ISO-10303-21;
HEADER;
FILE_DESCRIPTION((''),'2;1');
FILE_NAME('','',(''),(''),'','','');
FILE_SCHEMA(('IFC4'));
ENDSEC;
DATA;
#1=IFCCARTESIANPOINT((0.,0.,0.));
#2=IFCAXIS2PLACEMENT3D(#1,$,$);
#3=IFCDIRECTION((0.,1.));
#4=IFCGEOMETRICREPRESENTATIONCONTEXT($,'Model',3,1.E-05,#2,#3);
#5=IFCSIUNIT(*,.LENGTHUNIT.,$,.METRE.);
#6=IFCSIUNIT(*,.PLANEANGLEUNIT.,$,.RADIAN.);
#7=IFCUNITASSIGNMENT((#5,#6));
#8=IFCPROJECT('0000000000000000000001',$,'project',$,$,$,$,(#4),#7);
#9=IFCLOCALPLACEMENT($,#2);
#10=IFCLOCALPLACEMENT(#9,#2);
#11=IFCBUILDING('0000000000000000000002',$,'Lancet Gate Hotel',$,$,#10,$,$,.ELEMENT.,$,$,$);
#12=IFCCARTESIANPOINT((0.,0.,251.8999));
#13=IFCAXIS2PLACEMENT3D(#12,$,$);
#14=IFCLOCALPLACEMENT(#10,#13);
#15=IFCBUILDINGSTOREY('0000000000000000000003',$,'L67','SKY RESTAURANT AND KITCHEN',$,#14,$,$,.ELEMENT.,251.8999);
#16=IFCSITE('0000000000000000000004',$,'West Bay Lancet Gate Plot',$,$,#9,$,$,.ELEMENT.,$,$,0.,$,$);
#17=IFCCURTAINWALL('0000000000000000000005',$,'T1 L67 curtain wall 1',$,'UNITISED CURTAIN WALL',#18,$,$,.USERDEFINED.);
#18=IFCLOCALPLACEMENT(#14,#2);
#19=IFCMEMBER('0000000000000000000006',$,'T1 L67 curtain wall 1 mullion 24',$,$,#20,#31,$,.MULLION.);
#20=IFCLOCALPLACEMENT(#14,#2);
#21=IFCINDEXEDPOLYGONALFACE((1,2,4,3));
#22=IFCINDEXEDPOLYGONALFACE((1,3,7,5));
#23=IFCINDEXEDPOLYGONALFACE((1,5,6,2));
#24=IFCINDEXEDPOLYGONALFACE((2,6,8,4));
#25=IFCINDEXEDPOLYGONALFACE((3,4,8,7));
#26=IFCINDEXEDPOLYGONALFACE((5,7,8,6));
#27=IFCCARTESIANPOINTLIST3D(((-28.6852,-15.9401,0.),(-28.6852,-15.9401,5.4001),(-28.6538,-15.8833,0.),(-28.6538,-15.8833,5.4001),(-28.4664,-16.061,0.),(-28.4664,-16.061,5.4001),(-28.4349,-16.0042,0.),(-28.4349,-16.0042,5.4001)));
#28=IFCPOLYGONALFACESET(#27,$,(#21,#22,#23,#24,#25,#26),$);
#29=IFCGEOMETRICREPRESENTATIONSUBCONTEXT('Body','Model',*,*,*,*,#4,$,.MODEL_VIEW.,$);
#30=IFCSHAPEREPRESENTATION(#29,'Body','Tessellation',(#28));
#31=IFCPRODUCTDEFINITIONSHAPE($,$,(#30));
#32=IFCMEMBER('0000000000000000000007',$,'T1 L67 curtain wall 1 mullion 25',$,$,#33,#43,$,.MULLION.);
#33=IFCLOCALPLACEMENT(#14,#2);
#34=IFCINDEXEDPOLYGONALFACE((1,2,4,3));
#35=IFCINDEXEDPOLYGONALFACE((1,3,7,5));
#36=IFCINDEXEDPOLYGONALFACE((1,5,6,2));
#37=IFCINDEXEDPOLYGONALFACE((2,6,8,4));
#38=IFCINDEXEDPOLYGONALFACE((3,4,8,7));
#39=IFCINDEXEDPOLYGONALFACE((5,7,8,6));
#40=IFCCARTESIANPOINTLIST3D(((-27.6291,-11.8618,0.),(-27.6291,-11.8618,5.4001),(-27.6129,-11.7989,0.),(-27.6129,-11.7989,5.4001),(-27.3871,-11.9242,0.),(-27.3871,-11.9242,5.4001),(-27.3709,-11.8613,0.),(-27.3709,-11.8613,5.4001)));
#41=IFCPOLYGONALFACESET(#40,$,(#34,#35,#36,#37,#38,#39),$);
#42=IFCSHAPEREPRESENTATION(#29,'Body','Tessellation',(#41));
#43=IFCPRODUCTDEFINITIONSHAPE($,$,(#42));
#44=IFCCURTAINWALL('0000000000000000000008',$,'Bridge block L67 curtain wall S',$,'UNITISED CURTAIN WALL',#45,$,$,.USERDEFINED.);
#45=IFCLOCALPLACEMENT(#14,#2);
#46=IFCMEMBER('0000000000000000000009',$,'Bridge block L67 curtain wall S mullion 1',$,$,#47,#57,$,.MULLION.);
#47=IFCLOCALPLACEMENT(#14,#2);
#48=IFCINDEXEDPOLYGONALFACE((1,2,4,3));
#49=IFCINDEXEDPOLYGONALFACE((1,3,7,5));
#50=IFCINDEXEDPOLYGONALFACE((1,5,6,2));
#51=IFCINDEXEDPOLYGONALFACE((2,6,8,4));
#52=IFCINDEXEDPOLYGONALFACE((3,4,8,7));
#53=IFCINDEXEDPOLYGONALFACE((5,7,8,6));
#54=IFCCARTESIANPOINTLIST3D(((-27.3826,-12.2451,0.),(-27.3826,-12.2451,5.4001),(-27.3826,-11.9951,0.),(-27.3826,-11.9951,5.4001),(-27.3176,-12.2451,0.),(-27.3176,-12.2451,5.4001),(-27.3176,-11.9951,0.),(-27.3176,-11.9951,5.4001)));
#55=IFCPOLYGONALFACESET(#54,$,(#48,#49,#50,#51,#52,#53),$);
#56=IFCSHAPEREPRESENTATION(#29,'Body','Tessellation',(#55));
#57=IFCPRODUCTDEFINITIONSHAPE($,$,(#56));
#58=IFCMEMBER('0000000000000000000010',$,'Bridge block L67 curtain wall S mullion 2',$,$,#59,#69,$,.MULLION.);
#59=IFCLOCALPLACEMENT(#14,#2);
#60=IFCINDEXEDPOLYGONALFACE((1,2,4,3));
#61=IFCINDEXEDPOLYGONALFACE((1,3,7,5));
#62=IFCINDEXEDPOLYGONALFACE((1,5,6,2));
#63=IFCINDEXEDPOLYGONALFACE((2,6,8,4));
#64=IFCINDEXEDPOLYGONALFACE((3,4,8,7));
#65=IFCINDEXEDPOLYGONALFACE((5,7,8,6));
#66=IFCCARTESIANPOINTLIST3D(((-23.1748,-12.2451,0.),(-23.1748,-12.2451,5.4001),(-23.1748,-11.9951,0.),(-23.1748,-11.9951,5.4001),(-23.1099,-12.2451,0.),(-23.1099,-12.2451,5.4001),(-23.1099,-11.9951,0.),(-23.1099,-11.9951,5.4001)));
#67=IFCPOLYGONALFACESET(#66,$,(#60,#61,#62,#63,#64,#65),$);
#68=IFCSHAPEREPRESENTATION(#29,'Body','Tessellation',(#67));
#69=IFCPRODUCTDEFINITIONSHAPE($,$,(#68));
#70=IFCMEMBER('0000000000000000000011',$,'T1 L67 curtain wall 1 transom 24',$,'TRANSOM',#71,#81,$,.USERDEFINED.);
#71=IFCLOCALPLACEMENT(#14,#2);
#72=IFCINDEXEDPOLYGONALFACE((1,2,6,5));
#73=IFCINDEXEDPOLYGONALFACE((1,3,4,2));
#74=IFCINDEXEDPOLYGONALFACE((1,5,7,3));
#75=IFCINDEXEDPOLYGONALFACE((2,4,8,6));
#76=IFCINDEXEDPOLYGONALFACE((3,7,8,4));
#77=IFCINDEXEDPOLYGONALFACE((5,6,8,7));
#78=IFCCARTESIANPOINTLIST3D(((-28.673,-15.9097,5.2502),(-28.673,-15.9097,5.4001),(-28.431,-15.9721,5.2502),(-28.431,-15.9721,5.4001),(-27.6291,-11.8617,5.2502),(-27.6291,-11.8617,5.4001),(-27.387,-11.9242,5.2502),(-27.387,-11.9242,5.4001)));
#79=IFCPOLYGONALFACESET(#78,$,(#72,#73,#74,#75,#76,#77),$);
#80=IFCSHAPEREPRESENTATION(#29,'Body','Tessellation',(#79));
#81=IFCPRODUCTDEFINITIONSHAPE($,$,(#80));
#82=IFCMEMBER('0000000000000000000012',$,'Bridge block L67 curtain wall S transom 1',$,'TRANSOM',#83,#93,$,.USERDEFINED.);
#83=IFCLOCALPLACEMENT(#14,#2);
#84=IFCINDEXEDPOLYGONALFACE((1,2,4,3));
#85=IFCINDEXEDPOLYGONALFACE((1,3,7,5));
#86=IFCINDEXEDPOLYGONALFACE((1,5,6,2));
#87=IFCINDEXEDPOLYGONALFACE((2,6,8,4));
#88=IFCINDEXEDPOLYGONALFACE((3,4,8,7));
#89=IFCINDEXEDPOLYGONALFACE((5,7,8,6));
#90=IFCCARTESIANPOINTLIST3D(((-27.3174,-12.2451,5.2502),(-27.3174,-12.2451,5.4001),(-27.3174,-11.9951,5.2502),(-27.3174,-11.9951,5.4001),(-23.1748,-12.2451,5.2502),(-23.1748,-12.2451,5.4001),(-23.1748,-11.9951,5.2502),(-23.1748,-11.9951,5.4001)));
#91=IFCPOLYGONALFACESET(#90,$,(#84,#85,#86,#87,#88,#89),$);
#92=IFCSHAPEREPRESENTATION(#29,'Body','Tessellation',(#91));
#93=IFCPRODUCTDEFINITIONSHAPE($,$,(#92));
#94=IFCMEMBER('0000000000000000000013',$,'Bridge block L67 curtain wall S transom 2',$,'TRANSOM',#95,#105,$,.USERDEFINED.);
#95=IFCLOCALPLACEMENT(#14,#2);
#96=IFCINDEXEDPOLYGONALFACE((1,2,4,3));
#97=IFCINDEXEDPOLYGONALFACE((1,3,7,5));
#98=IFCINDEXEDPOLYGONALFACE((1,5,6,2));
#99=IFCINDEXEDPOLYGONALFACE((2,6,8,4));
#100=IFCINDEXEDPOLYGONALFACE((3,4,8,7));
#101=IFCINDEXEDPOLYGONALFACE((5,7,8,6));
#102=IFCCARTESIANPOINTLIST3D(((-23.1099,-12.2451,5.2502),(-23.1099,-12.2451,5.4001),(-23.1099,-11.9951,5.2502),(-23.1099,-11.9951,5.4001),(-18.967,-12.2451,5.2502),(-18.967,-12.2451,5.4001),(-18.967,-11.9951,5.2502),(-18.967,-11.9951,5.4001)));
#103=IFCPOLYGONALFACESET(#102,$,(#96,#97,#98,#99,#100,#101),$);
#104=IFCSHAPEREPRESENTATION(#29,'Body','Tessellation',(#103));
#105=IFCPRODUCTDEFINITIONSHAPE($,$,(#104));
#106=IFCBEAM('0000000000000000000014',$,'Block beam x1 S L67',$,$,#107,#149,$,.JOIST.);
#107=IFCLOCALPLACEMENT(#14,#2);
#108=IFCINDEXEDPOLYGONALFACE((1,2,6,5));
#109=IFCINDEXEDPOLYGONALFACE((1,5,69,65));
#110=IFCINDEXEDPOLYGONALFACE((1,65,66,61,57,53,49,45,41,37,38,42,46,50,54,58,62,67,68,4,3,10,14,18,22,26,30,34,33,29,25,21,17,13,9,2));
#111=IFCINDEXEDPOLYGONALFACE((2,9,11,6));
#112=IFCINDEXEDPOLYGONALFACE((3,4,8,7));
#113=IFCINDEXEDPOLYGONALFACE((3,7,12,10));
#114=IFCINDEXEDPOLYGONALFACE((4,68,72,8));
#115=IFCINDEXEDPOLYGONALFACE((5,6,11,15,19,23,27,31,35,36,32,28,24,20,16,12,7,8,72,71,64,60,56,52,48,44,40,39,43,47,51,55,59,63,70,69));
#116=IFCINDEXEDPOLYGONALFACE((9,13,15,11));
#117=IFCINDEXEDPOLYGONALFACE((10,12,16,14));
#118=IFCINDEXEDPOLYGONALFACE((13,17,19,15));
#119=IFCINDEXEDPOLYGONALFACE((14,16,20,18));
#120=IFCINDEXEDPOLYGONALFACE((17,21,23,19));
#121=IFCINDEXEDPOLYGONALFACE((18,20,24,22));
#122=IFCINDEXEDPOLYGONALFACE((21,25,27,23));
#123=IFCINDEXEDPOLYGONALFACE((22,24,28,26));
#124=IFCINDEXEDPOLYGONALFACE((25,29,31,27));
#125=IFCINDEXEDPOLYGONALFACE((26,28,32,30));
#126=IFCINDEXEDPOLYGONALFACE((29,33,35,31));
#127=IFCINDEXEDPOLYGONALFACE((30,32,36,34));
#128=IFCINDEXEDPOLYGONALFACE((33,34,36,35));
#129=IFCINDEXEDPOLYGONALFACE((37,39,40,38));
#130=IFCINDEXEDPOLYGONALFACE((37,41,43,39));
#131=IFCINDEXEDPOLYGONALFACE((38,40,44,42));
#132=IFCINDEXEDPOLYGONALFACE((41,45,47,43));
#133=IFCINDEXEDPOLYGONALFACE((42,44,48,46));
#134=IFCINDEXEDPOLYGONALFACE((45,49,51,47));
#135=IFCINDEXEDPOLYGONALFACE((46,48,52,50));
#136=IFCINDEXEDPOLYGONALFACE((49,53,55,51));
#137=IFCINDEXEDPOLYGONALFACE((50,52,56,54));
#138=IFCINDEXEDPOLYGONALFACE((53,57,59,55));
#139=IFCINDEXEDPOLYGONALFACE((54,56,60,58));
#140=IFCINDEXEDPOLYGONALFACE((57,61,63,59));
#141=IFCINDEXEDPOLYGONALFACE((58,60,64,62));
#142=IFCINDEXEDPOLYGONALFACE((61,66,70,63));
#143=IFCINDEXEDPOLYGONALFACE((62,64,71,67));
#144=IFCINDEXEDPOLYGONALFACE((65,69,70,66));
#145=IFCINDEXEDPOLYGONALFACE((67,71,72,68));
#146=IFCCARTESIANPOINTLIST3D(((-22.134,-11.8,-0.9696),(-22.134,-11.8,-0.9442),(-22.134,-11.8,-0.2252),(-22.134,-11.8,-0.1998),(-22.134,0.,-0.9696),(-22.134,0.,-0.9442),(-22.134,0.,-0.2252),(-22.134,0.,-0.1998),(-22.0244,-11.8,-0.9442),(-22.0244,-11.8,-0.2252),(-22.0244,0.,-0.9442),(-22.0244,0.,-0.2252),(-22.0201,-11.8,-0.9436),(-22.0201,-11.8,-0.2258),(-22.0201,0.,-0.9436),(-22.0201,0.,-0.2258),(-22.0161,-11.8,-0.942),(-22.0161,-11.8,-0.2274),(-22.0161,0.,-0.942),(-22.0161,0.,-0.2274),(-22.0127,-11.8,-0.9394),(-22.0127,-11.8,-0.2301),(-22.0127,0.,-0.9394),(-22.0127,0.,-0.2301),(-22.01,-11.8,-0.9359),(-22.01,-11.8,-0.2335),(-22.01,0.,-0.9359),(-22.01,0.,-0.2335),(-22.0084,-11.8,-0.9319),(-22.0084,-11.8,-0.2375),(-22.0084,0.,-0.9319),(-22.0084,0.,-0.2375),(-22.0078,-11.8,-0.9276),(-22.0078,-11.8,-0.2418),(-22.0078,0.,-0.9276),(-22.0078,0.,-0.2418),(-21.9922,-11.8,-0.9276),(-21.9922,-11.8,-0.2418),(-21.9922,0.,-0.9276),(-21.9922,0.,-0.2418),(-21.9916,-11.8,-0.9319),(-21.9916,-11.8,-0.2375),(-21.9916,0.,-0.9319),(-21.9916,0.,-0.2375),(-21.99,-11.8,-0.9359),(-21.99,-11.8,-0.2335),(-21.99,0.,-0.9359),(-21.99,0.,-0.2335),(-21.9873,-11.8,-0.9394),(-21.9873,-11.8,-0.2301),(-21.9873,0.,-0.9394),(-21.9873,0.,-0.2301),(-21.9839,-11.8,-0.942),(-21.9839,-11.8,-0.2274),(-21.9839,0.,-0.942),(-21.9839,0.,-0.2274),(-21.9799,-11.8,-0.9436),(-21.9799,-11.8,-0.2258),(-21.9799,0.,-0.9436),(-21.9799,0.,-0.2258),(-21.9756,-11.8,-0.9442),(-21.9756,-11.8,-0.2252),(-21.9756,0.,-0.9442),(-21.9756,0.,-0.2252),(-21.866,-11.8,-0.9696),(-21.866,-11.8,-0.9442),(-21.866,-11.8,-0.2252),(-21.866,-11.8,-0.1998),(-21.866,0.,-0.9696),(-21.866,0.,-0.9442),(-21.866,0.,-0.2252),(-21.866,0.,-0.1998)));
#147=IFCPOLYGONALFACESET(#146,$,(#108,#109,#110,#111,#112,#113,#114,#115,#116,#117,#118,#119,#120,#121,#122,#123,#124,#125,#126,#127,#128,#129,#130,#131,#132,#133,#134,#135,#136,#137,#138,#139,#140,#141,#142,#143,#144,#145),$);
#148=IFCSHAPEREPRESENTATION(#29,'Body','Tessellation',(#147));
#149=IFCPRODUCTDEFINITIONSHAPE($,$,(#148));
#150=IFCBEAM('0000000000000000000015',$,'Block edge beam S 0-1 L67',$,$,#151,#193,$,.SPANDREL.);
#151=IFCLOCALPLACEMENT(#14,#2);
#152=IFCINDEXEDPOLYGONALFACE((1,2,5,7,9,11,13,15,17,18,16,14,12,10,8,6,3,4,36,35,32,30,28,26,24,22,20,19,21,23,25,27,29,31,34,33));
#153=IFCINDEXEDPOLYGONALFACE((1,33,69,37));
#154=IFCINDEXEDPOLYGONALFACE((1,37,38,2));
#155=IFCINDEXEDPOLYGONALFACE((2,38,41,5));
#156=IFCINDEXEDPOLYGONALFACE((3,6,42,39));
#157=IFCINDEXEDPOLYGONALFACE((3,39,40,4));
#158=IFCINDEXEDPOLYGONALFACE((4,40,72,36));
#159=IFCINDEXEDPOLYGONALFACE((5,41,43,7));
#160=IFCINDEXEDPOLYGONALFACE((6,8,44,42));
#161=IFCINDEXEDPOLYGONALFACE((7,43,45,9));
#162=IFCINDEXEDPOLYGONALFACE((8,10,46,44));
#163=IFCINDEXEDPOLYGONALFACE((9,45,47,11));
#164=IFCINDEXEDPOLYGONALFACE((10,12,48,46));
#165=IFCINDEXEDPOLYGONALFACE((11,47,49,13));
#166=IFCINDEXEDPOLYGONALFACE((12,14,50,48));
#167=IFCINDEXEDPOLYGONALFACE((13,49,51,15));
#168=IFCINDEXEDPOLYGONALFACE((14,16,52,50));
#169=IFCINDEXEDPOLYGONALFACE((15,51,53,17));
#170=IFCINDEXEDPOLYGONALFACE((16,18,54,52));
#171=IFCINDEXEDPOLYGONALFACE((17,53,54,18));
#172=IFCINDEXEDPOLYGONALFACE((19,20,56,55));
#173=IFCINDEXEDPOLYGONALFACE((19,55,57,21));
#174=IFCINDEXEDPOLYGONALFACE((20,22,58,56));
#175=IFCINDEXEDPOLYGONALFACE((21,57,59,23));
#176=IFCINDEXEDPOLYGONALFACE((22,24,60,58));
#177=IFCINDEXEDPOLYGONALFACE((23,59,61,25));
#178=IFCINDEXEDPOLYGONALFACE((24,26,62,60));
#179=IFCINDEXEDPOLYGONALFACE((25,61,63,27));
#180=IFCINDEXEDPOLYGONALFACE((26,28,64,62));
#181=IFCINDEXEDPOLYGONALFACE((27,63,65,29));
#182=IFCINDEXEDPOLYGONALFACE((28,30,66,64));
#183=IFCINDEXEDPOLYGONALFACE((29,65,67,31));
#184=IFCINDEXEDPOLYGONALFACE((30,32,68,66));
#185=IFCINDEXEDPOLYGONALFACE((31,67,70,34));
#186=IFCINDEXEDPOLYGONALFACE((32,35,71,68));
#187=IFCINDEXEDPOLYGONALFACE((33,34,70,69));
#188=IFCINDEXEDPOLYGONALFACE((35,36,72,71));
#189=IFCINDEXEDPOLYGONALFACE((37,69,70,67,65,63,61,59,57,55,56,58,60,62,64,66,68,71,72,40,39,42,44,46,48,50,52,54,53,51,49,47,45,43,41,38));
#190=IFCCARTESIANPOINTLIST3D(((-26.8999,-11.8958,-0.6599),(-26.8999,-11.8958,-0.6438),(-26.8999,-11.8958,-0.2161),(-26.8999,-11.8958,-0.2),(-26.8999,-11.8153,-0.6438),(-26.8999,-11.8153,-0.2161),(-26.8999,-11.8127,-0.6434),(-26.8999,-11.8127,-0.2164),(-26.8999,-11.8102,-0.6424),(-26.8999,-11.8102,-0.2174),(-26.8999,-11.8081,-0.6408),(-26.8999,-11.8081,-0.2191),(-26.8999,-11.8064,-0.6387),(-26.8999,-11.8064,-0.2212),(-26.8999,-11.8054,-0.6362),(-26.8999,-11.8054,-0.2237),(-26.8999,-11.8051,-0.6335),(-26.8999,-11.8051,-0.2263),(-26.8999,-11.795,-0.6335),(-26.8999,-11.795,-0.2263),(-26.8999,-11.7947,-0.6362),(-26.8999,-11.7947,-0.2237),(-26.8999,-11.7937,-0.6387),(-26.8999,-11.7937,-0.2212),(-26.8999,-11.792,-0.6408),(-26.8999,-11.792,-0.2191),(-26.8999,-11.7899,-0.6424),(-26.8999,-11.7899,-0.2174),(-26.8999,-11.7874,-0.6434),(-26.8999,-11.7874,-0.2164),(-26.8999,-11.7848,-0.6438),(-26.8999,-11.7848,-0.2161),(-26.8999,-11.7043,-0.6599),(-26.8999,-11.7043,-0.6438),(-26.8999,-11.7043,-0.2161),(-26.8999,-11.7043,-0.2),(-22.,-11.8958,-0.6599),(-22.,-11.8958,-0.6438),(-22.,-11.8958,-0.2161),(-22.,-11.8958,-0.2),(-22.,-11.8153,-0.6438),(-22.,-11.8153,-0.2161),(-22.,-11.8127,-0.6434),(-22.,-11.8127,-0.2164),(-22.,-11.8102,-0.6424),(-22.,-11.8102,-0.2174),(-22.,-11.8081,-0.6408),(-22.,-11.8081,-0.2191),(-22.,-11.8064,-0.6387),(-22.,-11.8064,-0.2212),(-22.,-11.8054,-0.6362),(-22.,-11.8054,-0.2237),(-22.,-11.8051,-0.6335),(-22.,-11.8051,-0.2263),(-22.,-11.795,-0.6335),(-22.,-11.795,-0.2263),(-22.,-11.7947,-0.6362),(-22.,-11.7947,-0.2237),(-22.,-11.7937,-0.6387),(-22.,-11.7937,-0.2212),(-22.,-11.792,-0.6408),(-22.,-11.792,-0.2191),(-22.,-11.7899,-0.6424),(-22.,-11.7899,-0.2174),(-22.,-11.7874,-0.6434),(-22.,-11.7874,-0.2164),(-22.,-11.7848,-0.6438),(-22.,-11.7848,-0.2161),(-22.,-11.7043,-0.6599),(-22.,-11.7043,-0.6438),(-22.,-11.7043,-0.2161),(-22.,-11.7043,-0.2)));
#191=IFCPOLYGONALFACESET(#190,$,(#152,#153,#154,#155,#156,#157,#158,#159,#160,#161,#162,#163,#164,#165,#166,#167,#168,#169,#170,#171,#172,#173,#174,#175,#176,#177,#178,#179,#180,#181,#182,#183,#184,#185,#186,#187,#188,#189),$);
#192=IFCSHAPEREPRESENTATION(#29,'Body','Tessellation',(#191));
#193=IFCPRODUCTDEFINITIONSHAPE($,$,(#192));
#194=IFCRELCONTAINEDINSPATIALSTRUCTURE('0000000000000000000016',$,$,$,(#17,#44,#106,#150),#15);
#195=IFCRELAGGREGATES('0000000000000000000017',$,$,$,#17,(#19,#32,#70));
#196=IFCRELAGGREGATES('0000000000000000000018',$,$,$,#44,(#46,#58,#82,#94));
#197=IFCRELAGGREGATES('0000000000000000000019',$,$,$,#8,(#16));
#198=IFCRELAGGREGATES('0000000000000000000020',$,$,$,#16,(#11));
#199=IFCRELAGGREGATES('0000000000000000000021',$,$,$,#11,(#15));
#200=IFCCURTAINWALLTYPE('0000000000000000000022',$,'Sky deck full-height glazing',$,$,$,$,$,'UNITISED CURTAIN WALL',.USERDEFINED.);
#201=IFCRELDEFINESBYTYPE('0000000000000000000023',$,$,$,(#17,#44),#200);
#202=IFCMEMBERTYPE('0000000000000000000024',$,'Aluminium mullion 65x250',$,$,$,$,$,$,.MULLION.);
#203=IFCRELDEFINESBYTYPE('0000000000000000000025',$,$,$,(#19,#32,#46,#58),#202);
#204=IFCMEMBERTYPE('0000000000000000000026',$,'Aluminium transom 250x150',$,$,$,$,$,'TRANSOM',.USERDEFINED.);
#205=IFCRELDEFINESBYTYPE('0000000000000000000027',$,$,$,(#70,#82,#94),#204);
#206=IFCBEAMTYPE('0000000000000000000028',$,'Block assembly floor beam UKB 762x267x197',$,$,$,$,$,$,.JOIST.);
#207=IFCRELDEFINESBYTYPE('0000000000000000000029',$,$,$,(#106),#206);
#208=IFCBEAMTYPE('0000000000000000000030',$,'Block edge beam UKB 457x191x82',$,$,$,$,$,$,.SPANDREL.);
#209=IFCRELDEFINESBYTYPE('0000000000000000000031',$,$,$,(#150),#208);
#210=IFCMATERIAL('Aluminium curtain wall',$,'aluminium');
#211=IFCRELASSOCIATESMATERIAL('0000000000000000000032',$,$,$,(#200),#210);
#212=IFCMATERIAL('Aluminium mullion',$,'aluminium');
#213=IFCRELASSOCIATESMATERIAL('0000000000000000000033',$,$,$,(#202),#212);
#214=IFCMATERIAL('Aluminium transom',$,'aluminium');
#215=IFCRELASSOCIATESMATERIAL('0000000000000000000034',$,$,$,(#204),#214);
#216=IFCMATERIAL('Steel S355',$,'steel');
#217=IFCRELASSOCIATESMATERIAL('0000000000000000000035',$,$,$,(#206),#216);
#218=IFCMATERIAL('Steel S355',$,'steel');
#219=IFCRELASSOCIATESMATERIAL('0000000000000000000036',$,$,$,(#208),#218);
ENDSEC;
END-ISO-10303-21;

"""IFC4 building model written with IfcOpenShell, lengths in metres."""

from ifc_helpers import new_model, si_unit, direction, frame, origin, origin_2d, place, context, subcontext, project, spatial, rectangle, i_section, extrude, material, material_profile, profile_set, type_object, element, aggregate, save


model = new_model("IFC4")

# Units and contexts
model_context = context("Model", 3, precision=1e-05, world=origin(), true_north=direction((0.0, 1.0)))
body_context = subcontext(model_context, "Body", "Model", "MODEL_VIEW")
ifc_project = project(units=[si_unit("LENGTHUNIT", "METRE"), si_unit("PLANEANGLEUNIT", "RADIAN")], contexts=[model_context])

# Site, building, storey
site_placement = place(None, origin())
site = spatial("IfcSite", under=ifc_project, at=site_placement, Name="West Bay Lancet Gate Plot", CompositionType="ELEMENT", RefElevation=0.0)
building_placement = place(site_placement, origin())
building = spatial("IfcBuilding", under=site, at=building_placement, Name="Lancet Gate Hotel", CompositionType="ELEMENT")
storey_placement = place(building_placement, frame((0.0, 0.0, 251.8999)))
storey = spatial("IfcBuildingStorey", under=building, at=storey_placement, Name="L67", Description="SKY RESTAURANT AND KITCHEN", CompositionType="ELEMENT", Elevation=251.8999)

# Curtain walls, members
ifc_material_1 = material(Name="Aluminium curtain wall", Category="aluminium")
curtain_wall_type = type_object("IfcCurtainWallType", Name="Sky deck full-height glazing", ElementType="UNITISED CURTAIN WALL", PredefinedType="USERDEFINED", material=ifc_material_1)
curtain_wall_1_placement = place(storey_placement, origin())
curtain_wall_1 = element("IfcCurtainWall", 1, at=curtain_wall_1_placement, inside=storey, type_object=curtain_wall_type, Name="T1 L67 curtain wall 1", ObjectType="UNITISED CURTAIN WALL", PredefinedType="USERDEFINED")
ifc_material_2 = material(Name="Aluminium mullion", Category="aluminium")
ifc_material_profile_1 = material_profile(ifc_material_2, rectangle(XDim=0.0649, YDim=0.25, at=origin_2d()), Name="MULLION 65x250")
ifc_profile_set_1 = profile_set([ifc_material_profile_1], Name="Aluminium mullion")
member_type_1 = type_object("IfcMemberType", Name="Aluminium mullion 65x250", PredefinedType="MULLION", material=ifc_profile_set_1)
member_1_placement = place(storey_placement, frame((-28.5601, -15.9722, 0.0), z_axis=(0.0, 0.0, 1.0), x_axis=(0.483627, 0.875274, 0.0)))
member_1 = element("IfcMember", 2, at=member_1_placement, type_object=member_type_1, Name="T1 L67 curtain wall 1 mullion 24", PredefinedType="MULLION", context=body_context, shape_type="SweptSolid", body=[
    extrude(rectangle(XDim=0.0649, YDim=0.25, at=origin_2d()), origin(), (0.0, 0.0, 1.0), 5.4001),
])
member_2_placement = place(storey_placement, frame((-27.5, -11.8616, 0.0), z_axis=(0.0, 0.0, 1.0), x_axis=(0.249726, 0.968317, 0.0)))
member_2 = element("IfcMember", 3, at=member_2_placement, type_object=member_type_1, Name="T1 L67 curtain wall 1 mullion 25", PredefinedType="MULLION", context=body_context, shape_type="SweptSolid", body=[
    extrude(rectangle(XDim=0.0649, YDim=0.25, at=origin_2d()), origin(), (0.0, 0.0, 1.0), 5.4001),
])
curtain_wall_2_placement = place(storey_placement, origin())
curtain_wall_2 = element("IfcCurtainWall", 4, at=curtain_wall_2_placement, inside=storey, type_object=curtain_wall_type, Name="Bridge block L67 curtain wall S", ObjectType="UNITISED CURTAIN WALL", PredefinedType="USERDEFINED")
member_3_placement = place(storey_placement, frame((-27.3501, -12.1201, 0.0), z_axis=(0.0, 0.0, 1.0), x_axis=(1.0, 0.0, 0.0)))
member_3 = element("IfcMember", 5, at=member_3_placement, type_object=member_type_1, Name="Bridge block L67 curtain wall S mullion 1", PredefinedType="MULLION", context=body_context, shape_type="SweptSolid", body=[
    extrude(rectangle(XDim=0.0649, YDim=0.25, at=origin_2d()), origin(), (0.0, 0.0, 1.0), 5.4001),
])
member_4_placement = place(storey_placement, frame((-23.1423, -12.1201, 0.0), z_axis=(0.0, 0.0, 1.0), x_axis=(1.0, 0.0, 0.0)))
member_4 = element("IfcMember", 6, at=member_4_placement, type_object=member_type_1, Name="Bridge block L67 curtain wall S mullion 2", PredefinedType="MULLION", context=body_context, shape_type="SweptSolid", body=[
    extrude(rectangle(XDim=0.0649, YDim=0.25, at=origin_2d()), origin(), (0.0, 0.0, 1.0), 5.4001),
])

# Members
ifc_material_3 = material(Name="Aluminium transom", Category="aluminium")
ifc_material_profile_2 = material_profile(ifc_material_3, rectangle(XDim=0.25, YDim=0.1499, at=origin_2d()), Name="TRANSOM 250x150")
ifc_profile_set_2 = profile_set([ifc_material_profile_2], Name="Aluminium transom")
member_type_2 = type_object("IfcMemberType", Name="Aluminium transom 250x150", ElementType="TRANSOM", PredefinedType="USERDEFINED", material=ifc_profile_set_2)
member_5_placement = place(storey_placement, frame((-28.552, -15.9409, 5.3252), z_axis=(0.249716, 0.968319, 0.0), x_axis=(-0.968319, 0.249716, 0.0)))
member_5 = element("IfcMember", 7, at=member_5_placement, type_object=member_type_2, Name="T1 L67 curtain wall 1 transom 24", ObjectType="TRANSOM", PredefinedType="USERDEFINED", context=body_context, shape_type="SweptSolid", body=[
    extrude(rectangle(XDim=0.25, YDim=0.1499, at=origin_2d()), origin(), (0.0, 0.0, 1.0), 4.1804),
])
member_6_placement = place(storey_placement, frame((-27.3174, -12.1201, 5.3252), z_axis=(1.0, 0.0, 0.0), x_axis=(0.0, 1.0, 0.0)))
member_6 = element("IfcMember", 8, at=member_6_placement, type_object=member_type_2, Name="Bridge block L67 curtain wall S transom 1", ObjectType="TRANSOM", PredefinedType="USERDEFINED", context=body_context, shape_type="SweptSolid", body=[
    extrude(rectangle(XDim=0.25, YDim=0.1499, at=origin_2d()), origin(), (0.0, 0.0, 1.0), 4.1426),
])
member_7_placement = place(storey_placement, frame((-23.1099, -12.1201, 5.3252), z_axis=(1.0, 0.0, 0.0), x_axis=(0.0, 1.0, 0.0)))
member_7 = element("IfcMember", 9, at=member_7_placement, type_object=member_type_2, Name="Bridge block L67 curtain wall S transom 2", ObjectType="TRANSOM", PredefinedType="USERDEFINED", context=body_context, shape_type="SweptSolid", body=[
    extrude(rectangle(XDim=0.25, YDim=0.1499, at=origin_2d()), origin(), (0.0, 0.0, 1.0), 4.1428),
])

# Beams
ifc_material_4 = material(Name="Steel S355", Category="steel")
ifc_material_profile_3 = material_profile(ifc_material_4, i_section(OverallWidth=0.2681, OverallDepth=0.7698, WebThickness=0.0156, FlangeThickness=0.0254, FilletRadius=0.0166, at=origin_2d()), Name="UKB 762x267x197")
ifc_profile_set_3 = profile_set([ifc_material_profile_3], Name="Steel S355")
beam_type_1 = type_object("IfcBeamType", Name="Block assembly floor beam UKB 762x267x197", PredefinedType="JOIST", material=ifc_profile_set_3)
beam_1_placement = place(storey_placement, frame((-22.0, -11.8, -0.5847), z_axis=(0.0, 1.0, 0.0), x_axis=(-1.0, 0.0, 0.0)))
element("IfcBeam", 10, at=beam_1_placement, inside=storey, type_object=beam_type_1, Name="Block beam x1 S L67", PredefinedType="JOIST", context=body_context, shape_type="SweptSolid", body=[
    extrude(i_section(OverallWidth=0.2681, OverallDepth=0.7698, WebThickness=0.0156, FlangeThickness=0.0254, FilletRadius=0.0166, at=origin_2d()), origin(), (0.0, 0.0, 1.0), 11.8),
])
ifc_material_5 = material(Name="Steel S355", Category="steel")
ifc_material_profile_4 = material_profile(ifc_material_5, i_section(OverallWidth=0.1914, OverallDepth=0.46, WebThickness=0.01, FlangeThickness=0.0161, FilletRadius=0.0103, at=origin_2d()), Name="UKB 457x191x82")
ifc_profile_set_4 = profile_set([ifc_material_profile_4], Name="Steel S355")
beam_type_2 = type_object("IfcBeamType", Name="Block edge beam UKB 457x191x82", PredefinedType="SPANDREL", material=ifc_profile_set_4)
beam_2_placement = place(storey_placement, frame((-26.8999, -11.8, -0.4299), z_axis=(1.0, 0.0, 0.0), x_axis=(0.0, 1.0, 0.0)))
element("IfcBeam", 11, at=beam_2_placement, inside=storey, type_object=beam_type_2, Name="Block edge beam S 0-1 L67", PredefinedType="SPANDREL", context=body_context, shape_type="SweptSolid", body=[
    extrude(i_section(OverallWidth=0.1914, OverallDepth=0.46, WebThickness=0.01, FlangeThickness=0.0161, FilletRadius=0.0103, at=origin_2d()), origin(), (0.0, 0.0, 1.0), 4.8999),
])

aggregate(curtain_wall_1, [member_1, member_2, member_5])
aggregate(curtain_wall_2, [member_3, member_4, member_6, member_7])

save(model, "model.ifc")
